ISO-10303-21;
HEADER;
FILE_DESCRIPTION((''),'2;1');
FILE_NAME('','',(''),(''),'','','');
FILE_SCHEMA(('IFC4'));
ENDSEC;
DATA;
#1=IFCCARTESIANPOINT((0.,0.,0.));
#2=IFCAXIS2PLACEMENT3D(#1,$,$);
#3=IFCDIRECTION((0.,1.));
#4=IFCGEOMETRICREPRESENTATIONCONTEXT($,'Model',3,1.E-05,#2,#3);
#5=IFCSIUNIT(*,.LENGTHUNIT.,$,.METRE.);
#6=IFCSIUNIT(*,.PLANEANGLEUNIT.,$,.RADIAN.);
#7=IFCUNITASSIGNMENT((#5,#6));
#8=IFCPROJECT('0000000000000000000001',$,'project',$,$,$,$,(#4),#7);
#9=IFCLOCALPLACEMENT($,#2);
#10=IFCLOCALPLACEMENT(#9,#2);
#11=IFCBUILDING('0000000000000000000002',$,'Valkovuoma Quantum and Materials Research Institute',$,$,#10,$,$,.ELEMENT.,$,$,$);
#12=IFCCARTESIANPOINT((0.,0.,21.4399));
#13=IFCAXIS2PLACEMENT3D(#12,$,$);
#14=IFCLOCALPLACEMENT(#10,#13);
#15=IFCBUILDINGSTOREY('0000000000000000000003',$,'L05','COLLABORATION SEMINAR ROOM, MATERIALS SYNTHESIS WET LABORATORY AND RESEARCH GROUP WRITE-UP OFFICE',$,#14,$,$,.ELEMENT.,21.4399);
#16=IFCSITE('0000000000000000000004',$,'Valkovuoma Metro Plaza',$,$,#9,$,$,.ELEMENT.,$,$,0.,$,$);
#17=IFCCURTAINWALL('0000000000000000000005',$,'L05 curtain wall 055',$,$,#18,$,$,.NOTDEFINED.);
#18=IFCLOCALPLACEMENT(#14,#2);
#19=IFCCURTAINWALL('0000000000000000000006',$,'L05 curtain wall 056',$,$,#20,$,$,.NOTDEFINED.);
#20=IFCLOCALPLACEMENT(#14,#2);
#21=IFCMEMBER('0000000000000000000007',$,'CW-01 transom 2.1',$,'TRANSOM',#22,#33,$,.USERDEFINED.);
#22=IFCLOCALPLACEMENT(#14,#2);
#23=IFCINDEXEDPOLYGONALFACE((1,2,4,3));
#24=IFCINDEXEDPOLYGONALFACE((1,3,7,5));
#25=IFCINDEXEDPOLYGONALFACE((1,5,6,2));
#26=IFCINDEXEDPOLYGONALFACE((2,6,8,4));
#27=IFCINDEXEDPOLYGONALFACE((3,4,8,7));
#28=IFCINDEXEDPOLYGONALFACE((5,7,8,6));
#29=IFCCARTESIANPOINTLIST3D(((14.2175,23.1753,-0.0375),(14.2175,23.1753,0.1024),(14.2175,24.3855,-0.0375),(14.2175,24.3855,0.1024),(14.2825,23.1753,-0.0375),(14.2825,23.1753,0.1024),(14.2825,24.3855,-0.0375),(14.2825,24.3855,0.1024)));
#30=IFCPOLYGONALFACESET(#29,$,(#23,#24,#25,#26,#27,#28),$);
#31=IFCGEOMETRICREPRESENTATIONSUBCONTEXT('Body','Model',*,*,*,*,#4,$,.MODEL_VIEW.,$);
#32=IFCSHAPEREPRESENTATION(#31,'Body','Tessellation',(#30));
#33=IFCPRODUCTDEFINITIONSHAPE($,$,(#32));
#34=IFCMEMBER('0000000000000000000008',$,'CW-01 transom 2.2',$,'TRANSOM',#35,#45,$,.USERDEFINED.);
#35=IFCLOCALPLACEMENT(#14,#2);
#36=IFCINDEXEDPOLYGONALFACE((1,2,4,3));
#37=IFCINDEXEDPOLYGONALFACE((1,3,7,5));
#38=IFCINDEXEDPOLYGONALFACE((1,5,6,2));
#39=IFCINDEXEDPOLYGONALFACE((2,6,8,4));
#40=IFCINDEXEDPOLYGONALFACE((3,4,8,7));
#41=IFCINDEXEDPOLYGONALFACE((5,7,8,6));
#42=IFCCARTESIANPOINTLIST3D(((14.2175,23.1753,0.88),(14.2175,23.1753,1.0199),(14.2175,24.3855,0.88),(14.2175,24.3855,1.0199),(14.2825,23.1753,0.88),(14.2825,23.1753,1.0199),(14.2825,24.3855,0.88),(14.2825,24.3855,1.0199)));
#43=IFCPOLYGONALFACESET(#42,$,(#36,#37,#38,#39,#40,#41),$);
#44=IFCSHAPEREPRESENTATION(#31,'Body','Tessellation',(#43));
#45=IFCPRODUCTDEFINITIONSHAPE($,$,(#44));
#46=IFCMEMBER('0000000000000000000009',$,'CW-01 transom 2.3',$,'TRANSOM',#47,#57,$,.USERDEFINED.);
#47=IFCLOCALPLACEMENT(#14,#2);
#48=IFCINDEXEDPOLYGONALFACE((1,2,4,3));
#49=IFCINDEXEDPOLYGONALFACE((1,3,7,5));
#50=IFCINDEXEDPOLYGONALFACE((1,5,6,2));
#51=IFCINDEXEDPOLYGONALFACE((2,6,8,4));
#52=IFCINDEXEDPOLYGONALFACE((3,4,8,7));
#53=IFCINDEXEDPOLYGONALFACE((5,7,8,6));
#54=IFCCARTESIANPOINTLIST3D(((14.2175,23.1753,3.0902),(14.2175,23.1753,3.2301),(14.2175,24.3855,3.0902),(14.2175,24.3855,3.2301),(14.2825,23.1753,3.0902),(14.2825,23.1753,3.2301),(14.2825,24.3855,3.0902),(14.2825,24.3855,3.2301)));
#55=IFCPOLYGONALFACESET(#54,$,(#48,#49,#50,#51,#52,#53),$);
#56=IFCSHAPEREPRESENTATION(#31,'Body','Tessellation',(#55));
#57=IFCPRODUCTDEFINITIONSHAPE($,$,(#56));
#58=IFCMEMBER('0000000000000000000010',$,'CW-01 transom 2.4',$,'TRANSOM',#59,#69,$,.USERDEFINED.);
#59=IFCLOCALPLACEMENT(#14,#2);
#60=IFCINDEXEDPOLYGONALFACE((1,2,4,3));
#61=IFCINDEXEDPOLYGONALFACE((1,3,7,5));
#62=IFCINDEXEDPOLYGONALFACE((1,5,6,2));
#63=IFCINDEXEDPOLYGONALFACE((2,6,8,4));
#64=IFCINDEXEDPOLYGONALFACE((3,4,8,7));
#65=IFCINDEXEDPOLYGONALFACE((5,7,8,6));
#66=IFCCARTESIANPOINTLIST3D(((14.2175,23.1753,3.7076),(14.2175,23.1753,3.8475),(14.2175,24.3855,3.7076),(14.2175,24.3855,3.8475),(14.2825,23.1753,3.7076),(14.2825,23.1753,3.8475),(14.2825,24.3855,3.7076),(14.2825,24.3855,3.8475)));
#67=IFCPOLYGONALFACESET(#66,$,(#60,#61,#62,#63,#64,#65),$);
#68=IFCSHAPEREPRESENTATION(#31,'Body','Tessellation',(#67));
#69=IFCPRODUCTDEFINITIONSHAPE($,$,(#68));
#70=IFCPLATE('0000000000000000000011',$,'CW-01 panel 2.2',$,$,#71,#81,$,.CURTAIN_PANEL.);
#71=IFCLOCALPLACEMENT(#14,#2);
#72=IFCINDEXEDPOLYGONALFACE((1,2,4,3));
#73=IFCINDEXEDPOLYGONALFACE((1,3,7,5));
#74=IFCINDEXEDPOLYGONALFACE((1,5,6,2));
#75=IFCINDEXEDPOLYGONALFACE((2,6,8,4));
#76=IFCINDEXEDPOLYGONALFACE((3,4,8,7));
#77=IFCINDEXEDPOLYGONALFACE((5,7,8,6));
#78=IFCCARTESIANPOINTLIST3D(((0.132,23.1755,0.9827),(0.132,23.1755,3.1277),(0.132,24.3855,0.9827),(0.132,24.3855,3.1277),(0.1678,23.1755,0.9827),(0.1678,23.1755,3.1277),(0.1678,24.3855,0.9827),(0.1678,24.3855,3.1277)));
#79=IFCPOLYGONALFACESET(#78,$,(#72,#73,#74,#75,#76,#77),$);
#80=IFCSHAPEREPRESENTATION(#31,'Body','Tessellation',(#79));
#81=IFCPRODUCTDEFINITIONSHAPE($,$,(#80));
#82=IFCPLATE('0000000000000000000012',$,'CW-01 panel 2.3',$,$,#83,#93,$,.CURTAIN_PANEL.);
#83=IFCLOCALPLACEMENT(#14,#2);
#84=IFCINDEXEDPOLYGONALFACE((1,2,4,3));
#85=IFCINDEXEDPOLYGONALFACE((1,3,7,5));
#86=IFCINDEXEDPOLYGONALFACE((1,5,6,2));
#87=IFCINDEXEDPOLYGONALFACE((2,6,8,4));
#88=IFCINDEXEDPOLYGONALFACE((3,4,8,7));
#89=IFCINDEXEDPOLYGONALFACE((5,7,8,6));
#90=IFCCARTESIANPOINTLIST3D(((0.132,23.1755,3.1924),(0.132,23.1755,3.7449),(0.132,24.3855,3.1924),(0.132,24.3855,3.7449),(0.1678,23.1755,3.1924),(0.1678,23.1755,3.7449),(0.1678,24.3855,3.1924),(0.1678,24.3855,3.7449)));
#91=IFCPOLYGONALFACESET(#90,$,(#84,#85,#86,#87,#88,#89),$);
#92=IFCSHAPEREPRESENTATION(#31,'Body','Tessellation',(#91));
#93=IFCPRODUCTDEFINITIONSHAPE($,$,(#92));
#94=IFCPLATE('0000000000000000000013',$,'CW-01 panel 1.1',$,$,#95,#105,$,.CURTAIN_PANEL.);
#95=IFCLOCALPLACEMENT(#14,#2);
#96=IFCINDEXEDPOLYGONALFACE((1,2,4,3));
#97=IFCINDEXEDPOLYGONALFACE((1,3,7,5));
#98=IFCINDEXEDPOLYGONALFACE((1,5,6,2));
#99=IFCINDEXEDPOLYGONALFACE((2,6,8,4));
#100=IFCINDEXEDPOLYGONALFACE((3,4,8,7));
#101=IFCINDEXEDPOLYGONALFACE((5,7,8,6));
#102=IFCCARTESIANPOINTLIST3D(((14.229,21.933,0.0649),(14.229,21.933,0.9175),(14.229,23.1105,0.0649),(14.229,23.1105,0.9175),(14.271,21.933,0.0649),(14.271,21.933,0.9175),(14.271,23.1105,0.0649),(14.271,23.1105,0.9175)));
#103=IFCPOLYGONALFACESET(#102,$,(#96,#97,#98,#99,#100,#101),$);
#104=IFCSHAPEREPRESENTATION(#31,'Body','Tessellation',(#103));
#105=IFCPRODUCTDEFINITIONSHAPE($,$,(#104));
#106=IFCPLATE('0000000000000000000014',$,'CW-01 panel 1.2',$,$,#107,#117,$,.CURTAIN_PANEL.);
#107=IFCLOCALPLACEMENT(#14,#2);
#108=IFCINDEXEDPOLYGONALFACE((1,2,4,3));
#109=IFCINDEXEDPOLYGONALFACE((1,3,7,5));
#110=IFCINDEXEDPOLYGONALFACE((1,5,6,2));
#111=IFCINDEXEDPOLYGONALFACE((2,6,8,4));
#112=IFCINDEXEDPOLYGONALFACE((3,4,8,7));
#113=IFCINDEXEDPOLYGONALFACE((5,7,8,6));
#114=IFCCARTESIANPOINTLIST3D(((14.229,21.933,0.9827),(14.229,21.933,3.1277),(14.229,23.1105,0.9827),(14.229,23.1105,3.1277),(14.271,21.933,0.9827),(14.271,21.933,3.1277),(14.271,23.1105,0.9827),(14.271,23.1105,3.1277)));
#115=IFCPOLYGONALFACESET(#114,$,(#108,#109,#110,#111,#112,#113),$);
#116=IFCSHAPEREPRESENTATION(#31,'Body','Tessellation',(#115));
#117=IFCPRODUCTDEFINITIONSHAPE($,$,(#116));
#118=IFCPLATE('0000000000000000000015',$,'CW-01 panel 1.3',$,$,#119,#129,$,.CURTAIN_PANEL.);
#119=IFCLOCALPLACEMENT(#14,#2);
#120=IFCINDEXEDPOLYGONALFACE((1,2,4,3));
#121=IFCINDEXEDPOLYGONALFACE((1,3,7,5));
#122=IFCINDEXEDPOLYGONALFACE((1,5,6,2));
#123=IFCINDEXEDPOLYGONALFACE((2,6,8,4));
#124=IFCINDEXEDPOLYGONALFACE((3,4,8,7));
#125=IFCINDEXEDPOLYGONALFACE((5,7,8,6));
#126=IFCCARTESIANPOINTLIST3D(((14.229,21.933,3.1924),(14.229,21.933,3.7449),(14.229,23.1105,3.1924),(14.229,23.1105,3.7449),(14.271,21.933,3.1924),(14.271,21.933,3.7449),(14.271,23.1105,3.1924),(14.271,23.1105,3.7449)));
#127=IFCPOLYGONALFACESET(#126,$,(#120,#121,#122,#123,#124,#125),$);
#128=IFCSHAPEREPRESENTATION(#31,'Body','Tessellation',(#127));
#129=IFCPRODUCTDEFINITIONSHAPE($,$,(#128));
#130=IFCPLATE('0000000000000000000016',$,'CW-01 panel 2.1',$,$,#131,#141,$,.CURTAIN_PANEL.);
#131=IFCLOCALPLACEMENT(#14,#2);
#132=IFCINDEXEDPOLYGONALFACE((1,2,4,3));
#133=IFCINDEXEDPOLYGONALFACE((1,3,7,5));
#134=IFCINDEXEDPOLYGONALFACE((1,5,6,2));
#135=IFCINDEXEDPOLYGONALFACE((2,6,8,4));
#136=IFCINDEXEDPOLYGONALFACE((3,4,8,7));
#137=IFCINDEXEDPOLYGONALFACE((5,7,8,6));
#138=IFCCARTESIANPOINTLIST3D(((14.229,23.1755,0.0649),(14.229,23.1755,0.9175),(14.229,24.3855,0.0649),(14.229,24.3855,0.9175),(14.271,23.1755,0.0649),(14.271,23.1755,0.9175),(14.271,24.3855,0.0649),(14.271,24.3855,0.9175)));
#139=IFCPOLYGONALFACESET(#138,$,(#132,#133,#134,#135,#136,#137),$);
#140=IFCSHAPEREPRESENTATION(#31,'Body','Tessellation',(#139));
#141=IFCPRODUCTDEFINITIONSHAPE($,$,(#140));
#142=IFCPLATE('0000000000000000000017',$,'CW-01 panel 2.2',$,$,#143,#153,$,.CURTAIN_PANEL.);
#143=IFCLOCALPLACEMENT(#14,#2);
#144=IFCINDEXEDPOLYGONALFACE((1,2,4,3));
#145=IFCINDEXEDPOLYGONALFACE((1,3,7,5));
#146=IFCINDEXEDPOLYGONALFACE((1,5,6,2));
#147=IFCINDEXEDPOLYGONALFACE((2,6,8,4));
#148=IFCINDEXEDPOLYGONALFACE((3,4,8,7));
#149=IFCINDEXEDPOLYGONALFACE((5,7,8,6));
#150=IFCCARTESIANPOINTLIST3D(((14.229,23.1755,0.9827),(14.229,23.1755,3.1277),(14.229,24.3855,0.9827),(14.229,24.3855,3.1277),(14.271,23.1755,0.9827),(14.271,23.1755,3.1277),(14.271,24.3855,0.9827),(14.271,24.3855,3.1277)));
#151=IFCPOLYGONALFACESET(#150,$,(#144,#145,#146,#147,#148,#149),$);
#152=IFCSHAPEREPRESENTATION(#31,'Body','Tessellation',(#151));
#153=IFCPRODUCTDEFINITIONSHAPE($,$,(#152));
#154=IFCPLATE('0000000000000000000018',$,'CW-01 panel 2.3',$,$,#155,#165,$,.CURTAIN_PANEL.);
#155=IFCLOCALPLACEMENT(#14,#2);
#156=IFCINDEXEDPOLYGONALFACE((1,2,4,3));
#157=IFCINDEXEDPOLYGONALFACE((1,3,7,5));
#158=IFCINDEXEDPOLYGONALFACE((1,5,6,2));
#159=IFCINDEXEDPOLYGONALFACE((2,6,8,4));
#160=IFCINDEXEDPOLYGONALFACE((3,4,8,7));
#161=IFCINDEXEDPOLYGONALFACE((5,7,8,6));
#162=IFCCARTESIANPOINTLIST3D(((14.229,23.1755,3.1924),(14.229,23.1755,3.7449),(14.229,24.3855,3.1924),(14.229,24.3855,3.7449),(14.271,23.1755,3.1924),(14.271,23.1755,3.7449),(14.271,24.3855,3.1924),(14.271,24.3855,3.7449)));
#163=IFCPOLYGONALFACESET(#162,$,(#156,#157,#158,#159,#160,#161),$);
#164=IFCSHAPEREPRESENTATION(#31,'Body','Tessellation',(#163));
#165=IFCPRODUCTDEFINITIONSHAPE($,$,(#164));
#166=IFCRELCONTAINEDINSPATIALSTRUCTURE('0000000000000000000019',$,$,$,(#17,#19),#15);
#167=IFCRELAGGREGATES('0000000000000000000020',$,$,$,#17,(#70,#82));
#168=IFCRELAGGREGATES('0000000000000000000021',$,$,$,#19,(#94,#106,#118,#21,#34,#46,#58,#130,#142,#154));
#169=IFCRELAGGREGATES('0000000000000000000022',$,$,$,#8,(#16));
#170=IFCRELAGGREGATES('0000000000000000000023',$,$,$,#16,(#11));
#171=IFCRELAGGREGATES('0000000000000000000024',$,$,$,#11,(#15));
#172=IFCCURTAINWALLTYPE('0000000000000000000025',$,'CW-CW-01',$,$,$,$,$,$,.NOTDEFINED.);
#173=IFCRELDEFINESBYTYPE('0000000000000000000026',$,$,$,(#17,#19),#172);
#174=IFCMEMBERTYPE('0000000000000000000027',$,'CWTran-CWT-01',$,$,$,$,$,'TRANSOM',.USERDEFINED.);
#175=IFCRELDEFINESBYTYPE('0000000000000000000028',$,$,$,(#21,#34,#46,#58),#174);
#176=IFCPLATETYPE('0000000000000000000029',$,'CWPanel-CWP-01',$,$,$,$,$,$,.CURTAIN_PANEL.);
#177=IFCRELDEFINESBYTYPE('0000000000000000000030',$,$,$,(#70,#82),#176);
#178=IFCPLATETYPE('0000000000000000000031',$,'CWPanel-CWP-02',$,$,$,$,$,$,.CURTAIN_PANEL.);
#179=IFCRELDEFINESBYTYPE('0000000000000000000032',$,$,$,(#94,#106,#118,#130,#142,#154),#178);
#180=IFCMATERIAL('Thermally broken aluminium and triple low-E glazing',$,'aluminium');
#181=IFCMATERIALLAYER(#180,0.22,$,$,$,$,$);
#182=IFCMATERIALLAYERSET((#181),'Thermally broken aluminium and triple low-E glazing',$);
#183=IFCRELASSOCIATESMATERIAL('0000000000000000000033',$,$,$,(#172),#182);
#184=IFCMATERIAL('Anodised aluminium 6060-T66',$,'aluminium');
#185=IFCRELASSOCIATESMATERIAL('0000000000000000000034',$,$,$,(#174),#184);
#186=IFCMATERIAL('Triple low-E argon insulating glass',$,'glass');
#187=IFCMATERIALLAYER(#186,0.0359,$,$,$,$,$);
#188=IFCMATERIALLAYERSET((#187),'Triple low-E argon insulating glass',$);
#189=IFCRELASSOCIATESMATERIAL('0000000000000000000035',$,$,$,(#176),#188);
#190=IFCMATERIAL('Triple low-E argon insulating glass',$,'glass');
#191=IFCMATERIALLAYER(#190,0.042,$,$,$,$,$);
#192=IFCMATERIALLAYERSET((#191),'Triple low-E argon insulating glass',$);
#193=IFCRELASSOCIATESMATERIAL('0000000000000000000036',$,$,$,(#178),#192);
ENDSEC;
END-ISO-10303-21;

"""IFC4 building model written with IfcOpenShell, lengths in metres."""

from ifc_helpers import new_model, si_unit, direction, frame, origin, origin_2d, place, context, subcontext, project, spatial, rectangle, extrude, material, layer, layer_set, material_profile, profile_set, type_object, element, aggregate, save


model = new_model("IFC4")

# Units and contexts
model_context = context("Model", 3, precision=1e-05, world=origin(), true_north=direction((0.0, 1.0)))
body_context = subcontext(model_context, "Body", "Model", "MODEL_VIEW")
ifc_project = project(units=[si_unit("LENGTHUNIT", "METRE"), si_unit("PLANEANGLEUNIT", "RADIAN")], contexts=[model_context])

# Site, building, storey
site_placement = place(None, origin())
site = spatial("IfcSite", under=ifc_project, at=site_placement, Name="Valkovuoma Metro Plaza", CompositionType="ELEMENT", RefElevation=0.0)
building_placement = place(site_placement, origin())
building = spatial("IfcBuilding", under=site, at=building_placement, Name="Valkovuoma Quantum and Materials Research Institute", CompositionType="ELEMENT")
storey_placement = place(building_placement, frame((0.0, 0.0, 21.4399)))
storey = spatial("IfcBuildingStorey", under=building, at=storey_placement, Name="L05", Description="COLLABORATION SEMINAR ROOM, MATERIALS SYNTHESIS WET LABORATORY AND RESEARCH GROUP WRITE-UP OFFICE", CompositionType="ELEMENT", Elevation=21.4399)

# Curtain wall
ifc_material_1 = material(Name="Thermally broken aluminium and triple low-E glazing", Category="aluminium")
ifc_layer_1 = layer(ifc_material_1, 0.22)
ifc_layer_set_1 = layer_set([ifc_layer_1], Name="Thermally broken aluminium and triple low-E glazing")
curtain_wall_type = type_object("IfcCurtainWallType", Name="CW-CW-01", PredefinedType="NOTDEFINED", material=ifc_layer_set_1)
curtain_wall_1_placement = place(storey_placement, origin())
curtain_wall_1 = element("IfcCurtainWall", 1, at=curtain_wall_1_placement, inside=storey, type_object=curtain_wall_type, Name="L05 curtain wall 055", PredefinedType="NOTDEFINED")

# Curtain wall, members
curtain_wall_2_placement = place(storey_placement, origin())
curtain_wall_2 = element("IfcCurtainWall", 2, at=curtain_wall_2_placement, inside=storey, type_object=curtain_wall_type, Name="L05 curtain wall 056", PredefinedType="NOTDEFINED")
ifc_material_2 = material(Name="Anodised aluminium 6060-T66", Category="aluminium")
ifc_material_profile_1 = material_profile(ifc_material_2, rectangle(XDim=0.0649, YDim=0.1399, at=origin_2d()), Name="Anodised aluminium 6060-T66")
ifc_profile_set_1 = profile_set([ifc_material_profile_1], Name="Anodised aluminium 6060-T66")
member_type_1 = type_object("IfcMemberType", Name="CWTran-CWT-01", ElementType="TRANSOM", PredefinedType="USERDEFINED", material=ifc_profile_set_1)
member_1_placement = place(storey_placement, frame((14.25, 23.1753, 0.0325), z_axis=(0.0, 1.0, 0.0), x_axis=(-1.0, 0.0, 0.0)))
member_1 = element("IfcMember", 3, at=member_1_placement, type_object=member_type_1, Name="CW-01 transom 2.1", ObjectType="TRANSOM", PredefinedType="USERDEFINED", context=body_context, shape_type="SweptSolid", body=[
    extrude(rectangle(XDim=0.0649, YDim=0.1399, at=origin_2d()), origin(), (0.0, 0.0, 1.0), 1.2102),
])
member_2_placement = place(storey_placement, frame((14.25, 23.1753, 0.95), z_axis=(0.0, 1.0, 0.0), x_axis=(-1.0, 0.0, 0.0)))
member_2 = element("IfcMember", 4, at=member_2_placement, type_object=member_type_1, Name="CW-01 transom 2.2", ObjectType="TRANSOM", PredefinedType="USERDEFINED", context=body_context, shape_type="SweptSolid", body=[
    extrude(rectangle(XDim=0.0649, YDim=0.1399, at=origin_2d()), origin(), (0.0, 0.0, 1.0), 1.2102),
])
member_3_placement = place(storey_placement, frame((14.25, 23.1753, 3.1602), z_axis=(0.0, 1.0, 0.0), x_axis=(-1.0, 0.0, 0.0)))
member_3 = element("IfcMember", 5, at=member_3_placement, type_object=member_type_1, Name="CW-01 transom 2.3", ObjectType="TRANSOM", PredefinedType="USERDEFINED", context=body_context, shape_type="SweptSolid", body=[
    extrude(rectangle(XDim=0.0649, YDim=0.1399, at=origin_2d()), origin(), (0.0, 0.0, 1.0), 1.2102),
])
member_4_placement = place(storey_placement, frame((14.25, 23.1753, 3.7776), z_axis=(0.0, 1.0, 0.0), x_axis=(-1.0, 0.0, 0.0)))
member_4 = element("IfcMember", 6, at=member_4_placement, type_object=member_type_1, Name="CW-01 transom 2.4", ObjectType="TRANSOM", PredefinedType="USERDEFINED", context=body_context, shape_type="SweptSolid", body=[
    extrude(rectangle(XDim=0.0649, YDim=0.1399, at=origin_2d()), origin(), (0.0, 0.0, 1.0), 1.2102),
])

# Plates
ifc_material_3 = material(Name="Triple low-E argon insulating glass", Category="glass")
ifc_layer_2 = layer(ifc_material_3, 0.0359)
ifc_layer_set_2 = layer_set([ifc_layer_2], Name="Triple low-E argon insulating glass")
plate_type_1 = type_object("IfcPlateType", Name="CWPanel-CWP-01", PredefinedType="CURTAIN_PANEL", material=ifc_layer_set_2)
plate_1_placement = place(storey_placement, frame((0.1499, 23.7805, 0.9827), z_axis=(0.0, 0.0, 1.0), x_axis=(0.0, 1.0, 0.0)))
plate_1 = element("IfcPlate", 7, at=plate_1_placement, type_object=plate_type_1, Name="CW-01 panel 2.2", PredefinedType="CURTAIN_PANEL", context=body_context, shape_type="SweptSolid", body=[
    extrude(rectangle(XDim=1.21, YDim=0.0359, at=origin_2d()), origin(), (0.0, 0.0, 1.0), 2.145),
])
plate_2_placement = place(storey_placement, frame((0.1499, 23.7805, 3.1924), z_axis=(0.0, 0.0, 1.0), x_axis=(0.0, 1.0, 0.0)))
plate_2 = element("IfcPlate", 8, at=plate_2_placement, type_object=plate_type_1, Name="CW-01 panel 2.3", PredefinedType="CURTAIN_PANEL", context=body_context, shape_type="SweptSolid", body=[
    extrude(rectangle(XDim=1.21, YDim=0.0359, at=origin_2d()), origin(), (0.0, 0.0, 1.0), 0.5525),
])
aggregate(curtain_wall_1, [plate_1, plate_2])
ifc_material_4 = material(Name="Triple low-E argon insulating glass", Category="glass")
ifc_layer_3 = layer(ifc_material_4, 0.042)
ifc_layer_set_3 = layer_set([ifc_layer_3], Name="Triple low-E argon insulating glass")
plate_type_2 = type_object("IfcPlateType", Name="CWPanel-CWP-02", PredefinedType="CURTAIN_PANEL", material=ifc_layer_set_3)
plate_3_placement = place(storey_placement, frame((14.25, 22.5217, 0.0649), z_axis=(0.0, 0.0, 1.0), x_axis=(0.0, 1.0, 0.0)))
plate_3 = element("IfcPlate", 9, at=plate_3_placement, type_object=plate_type_2, Name="CW-01 panel 1.1", PredefinedType="CURTAIN_PANEL", context=body_context, shape_type="SweptSolid", body=[
    extrude(rectangle(XDim=1.1775, YDim=0.042, at=origin_2d()), origin(), (0.0, 0.0, 1.0), 0.8525),
])
plate_4_placement = place(storey_placement, frame((14.25, 22.5217, 0.9827), z_axis=(0.0, 0.0, 1.0), x_axis=(0.0, 1.0, 0.0)))
plate_4 = element("IfcPlate", 10, at=plate_4_placement, type_object=plate_type_2, Name="CW-01 panel 1.2", PredefinedType="CURTAIN_PANEL", context=body_context, shape_type="SweptSolid", body=[
    extrude(rectangle(XDim=1.1775, YDim=0.042, at=origin_2d()), origin(), (0.0, 0.0, 1.0), 2.145),
])
plate_5_placement = place(storey_placement, frame((14.25, 22.5217, 3.1924), z_axis=(0.0, 0.0, 1.0), x_axis=(0.0, 1.0, 0.0)))
plate_5 = element("IfcPlate", 11, at=plate_5_placement, type_object=plate_type_2, Name="CW-01 panel 1.3", PredefinedType="CURTAIN_PANEL", context=body_context, shape_type="SweptSolid", body=[
    extrude(rectangle(XDim=1.1775, YDim=0.042, at=origin_2d()), origin(), (0.0, 0.0, 1.0), 0.5525),
])
plate_6_placement = place(storey_placement, frame((14.25, 23.7805, 0.0649), z_axis=(0.0, 0.0, 1.0), x_axis=(0.0, 1.0, 0.0)))
plate_6 = element("IfcPlate", 12, at=plate_6_placement, type_object=plate_type_2, Name="CW-01 panel 2.1", PredefinedType="CURTAIN_PANEL", context=body_context, shape_type="SweptSolid", body=[
    extrude(rectangle(XDim=1.21, YDim=0.042, at=origin_2d()), origin(), (0.0, 0.0, 1.0), 0.8525),
])
plate_7_placement = place(storey_placement, frame((14.25, 23.7805, 0.9827), z_axis=(0.0, 0.0, 1.0), x_axis=(0.0, 1.0, 0.0)))
plate_7 = element("IfcPlate", 13, at=plate_7_placement, type_object=plate_type_2, Name="CW-01 panel 2.2", PredefinedType="CURTAIN_PANEL", context=body_context, shape_type="SweptSolid", body=[
    extrude(rectangle(XDim=1.21, YDim=0.042, at=origin_2d()), origin(), (0.0, 0.0, 1.0), 2.145),
])
plate_8_placement = place(storey_placement, frame((14.25, 23.7805, 3.1924), z_axis=(0.0, 0.0, 1.0), x_axis=(0.0, 1.0, 0.0)))
plate_8 = element("IfcPlate", 14, at=plate_8_placement, type_object=plate_type_2, Name="CW-01 panel 2.3", PredefinedType="CURTAIN_PANEL", context=body_context, shape_type="SweptSolid", body=[
    extrude(rectangle(XDim=1.21, YDim=0.042, at=origin_2d()), origin(), (0.0, 0.0, 1.0), 0.5525),
])
aggregate(curtain_wall_2, [plate_3, plate_4, plate_5, member_1, member_2, member_3, member_4, plate_6, plate_7, plate_8])

save(model, "model.ifc")
